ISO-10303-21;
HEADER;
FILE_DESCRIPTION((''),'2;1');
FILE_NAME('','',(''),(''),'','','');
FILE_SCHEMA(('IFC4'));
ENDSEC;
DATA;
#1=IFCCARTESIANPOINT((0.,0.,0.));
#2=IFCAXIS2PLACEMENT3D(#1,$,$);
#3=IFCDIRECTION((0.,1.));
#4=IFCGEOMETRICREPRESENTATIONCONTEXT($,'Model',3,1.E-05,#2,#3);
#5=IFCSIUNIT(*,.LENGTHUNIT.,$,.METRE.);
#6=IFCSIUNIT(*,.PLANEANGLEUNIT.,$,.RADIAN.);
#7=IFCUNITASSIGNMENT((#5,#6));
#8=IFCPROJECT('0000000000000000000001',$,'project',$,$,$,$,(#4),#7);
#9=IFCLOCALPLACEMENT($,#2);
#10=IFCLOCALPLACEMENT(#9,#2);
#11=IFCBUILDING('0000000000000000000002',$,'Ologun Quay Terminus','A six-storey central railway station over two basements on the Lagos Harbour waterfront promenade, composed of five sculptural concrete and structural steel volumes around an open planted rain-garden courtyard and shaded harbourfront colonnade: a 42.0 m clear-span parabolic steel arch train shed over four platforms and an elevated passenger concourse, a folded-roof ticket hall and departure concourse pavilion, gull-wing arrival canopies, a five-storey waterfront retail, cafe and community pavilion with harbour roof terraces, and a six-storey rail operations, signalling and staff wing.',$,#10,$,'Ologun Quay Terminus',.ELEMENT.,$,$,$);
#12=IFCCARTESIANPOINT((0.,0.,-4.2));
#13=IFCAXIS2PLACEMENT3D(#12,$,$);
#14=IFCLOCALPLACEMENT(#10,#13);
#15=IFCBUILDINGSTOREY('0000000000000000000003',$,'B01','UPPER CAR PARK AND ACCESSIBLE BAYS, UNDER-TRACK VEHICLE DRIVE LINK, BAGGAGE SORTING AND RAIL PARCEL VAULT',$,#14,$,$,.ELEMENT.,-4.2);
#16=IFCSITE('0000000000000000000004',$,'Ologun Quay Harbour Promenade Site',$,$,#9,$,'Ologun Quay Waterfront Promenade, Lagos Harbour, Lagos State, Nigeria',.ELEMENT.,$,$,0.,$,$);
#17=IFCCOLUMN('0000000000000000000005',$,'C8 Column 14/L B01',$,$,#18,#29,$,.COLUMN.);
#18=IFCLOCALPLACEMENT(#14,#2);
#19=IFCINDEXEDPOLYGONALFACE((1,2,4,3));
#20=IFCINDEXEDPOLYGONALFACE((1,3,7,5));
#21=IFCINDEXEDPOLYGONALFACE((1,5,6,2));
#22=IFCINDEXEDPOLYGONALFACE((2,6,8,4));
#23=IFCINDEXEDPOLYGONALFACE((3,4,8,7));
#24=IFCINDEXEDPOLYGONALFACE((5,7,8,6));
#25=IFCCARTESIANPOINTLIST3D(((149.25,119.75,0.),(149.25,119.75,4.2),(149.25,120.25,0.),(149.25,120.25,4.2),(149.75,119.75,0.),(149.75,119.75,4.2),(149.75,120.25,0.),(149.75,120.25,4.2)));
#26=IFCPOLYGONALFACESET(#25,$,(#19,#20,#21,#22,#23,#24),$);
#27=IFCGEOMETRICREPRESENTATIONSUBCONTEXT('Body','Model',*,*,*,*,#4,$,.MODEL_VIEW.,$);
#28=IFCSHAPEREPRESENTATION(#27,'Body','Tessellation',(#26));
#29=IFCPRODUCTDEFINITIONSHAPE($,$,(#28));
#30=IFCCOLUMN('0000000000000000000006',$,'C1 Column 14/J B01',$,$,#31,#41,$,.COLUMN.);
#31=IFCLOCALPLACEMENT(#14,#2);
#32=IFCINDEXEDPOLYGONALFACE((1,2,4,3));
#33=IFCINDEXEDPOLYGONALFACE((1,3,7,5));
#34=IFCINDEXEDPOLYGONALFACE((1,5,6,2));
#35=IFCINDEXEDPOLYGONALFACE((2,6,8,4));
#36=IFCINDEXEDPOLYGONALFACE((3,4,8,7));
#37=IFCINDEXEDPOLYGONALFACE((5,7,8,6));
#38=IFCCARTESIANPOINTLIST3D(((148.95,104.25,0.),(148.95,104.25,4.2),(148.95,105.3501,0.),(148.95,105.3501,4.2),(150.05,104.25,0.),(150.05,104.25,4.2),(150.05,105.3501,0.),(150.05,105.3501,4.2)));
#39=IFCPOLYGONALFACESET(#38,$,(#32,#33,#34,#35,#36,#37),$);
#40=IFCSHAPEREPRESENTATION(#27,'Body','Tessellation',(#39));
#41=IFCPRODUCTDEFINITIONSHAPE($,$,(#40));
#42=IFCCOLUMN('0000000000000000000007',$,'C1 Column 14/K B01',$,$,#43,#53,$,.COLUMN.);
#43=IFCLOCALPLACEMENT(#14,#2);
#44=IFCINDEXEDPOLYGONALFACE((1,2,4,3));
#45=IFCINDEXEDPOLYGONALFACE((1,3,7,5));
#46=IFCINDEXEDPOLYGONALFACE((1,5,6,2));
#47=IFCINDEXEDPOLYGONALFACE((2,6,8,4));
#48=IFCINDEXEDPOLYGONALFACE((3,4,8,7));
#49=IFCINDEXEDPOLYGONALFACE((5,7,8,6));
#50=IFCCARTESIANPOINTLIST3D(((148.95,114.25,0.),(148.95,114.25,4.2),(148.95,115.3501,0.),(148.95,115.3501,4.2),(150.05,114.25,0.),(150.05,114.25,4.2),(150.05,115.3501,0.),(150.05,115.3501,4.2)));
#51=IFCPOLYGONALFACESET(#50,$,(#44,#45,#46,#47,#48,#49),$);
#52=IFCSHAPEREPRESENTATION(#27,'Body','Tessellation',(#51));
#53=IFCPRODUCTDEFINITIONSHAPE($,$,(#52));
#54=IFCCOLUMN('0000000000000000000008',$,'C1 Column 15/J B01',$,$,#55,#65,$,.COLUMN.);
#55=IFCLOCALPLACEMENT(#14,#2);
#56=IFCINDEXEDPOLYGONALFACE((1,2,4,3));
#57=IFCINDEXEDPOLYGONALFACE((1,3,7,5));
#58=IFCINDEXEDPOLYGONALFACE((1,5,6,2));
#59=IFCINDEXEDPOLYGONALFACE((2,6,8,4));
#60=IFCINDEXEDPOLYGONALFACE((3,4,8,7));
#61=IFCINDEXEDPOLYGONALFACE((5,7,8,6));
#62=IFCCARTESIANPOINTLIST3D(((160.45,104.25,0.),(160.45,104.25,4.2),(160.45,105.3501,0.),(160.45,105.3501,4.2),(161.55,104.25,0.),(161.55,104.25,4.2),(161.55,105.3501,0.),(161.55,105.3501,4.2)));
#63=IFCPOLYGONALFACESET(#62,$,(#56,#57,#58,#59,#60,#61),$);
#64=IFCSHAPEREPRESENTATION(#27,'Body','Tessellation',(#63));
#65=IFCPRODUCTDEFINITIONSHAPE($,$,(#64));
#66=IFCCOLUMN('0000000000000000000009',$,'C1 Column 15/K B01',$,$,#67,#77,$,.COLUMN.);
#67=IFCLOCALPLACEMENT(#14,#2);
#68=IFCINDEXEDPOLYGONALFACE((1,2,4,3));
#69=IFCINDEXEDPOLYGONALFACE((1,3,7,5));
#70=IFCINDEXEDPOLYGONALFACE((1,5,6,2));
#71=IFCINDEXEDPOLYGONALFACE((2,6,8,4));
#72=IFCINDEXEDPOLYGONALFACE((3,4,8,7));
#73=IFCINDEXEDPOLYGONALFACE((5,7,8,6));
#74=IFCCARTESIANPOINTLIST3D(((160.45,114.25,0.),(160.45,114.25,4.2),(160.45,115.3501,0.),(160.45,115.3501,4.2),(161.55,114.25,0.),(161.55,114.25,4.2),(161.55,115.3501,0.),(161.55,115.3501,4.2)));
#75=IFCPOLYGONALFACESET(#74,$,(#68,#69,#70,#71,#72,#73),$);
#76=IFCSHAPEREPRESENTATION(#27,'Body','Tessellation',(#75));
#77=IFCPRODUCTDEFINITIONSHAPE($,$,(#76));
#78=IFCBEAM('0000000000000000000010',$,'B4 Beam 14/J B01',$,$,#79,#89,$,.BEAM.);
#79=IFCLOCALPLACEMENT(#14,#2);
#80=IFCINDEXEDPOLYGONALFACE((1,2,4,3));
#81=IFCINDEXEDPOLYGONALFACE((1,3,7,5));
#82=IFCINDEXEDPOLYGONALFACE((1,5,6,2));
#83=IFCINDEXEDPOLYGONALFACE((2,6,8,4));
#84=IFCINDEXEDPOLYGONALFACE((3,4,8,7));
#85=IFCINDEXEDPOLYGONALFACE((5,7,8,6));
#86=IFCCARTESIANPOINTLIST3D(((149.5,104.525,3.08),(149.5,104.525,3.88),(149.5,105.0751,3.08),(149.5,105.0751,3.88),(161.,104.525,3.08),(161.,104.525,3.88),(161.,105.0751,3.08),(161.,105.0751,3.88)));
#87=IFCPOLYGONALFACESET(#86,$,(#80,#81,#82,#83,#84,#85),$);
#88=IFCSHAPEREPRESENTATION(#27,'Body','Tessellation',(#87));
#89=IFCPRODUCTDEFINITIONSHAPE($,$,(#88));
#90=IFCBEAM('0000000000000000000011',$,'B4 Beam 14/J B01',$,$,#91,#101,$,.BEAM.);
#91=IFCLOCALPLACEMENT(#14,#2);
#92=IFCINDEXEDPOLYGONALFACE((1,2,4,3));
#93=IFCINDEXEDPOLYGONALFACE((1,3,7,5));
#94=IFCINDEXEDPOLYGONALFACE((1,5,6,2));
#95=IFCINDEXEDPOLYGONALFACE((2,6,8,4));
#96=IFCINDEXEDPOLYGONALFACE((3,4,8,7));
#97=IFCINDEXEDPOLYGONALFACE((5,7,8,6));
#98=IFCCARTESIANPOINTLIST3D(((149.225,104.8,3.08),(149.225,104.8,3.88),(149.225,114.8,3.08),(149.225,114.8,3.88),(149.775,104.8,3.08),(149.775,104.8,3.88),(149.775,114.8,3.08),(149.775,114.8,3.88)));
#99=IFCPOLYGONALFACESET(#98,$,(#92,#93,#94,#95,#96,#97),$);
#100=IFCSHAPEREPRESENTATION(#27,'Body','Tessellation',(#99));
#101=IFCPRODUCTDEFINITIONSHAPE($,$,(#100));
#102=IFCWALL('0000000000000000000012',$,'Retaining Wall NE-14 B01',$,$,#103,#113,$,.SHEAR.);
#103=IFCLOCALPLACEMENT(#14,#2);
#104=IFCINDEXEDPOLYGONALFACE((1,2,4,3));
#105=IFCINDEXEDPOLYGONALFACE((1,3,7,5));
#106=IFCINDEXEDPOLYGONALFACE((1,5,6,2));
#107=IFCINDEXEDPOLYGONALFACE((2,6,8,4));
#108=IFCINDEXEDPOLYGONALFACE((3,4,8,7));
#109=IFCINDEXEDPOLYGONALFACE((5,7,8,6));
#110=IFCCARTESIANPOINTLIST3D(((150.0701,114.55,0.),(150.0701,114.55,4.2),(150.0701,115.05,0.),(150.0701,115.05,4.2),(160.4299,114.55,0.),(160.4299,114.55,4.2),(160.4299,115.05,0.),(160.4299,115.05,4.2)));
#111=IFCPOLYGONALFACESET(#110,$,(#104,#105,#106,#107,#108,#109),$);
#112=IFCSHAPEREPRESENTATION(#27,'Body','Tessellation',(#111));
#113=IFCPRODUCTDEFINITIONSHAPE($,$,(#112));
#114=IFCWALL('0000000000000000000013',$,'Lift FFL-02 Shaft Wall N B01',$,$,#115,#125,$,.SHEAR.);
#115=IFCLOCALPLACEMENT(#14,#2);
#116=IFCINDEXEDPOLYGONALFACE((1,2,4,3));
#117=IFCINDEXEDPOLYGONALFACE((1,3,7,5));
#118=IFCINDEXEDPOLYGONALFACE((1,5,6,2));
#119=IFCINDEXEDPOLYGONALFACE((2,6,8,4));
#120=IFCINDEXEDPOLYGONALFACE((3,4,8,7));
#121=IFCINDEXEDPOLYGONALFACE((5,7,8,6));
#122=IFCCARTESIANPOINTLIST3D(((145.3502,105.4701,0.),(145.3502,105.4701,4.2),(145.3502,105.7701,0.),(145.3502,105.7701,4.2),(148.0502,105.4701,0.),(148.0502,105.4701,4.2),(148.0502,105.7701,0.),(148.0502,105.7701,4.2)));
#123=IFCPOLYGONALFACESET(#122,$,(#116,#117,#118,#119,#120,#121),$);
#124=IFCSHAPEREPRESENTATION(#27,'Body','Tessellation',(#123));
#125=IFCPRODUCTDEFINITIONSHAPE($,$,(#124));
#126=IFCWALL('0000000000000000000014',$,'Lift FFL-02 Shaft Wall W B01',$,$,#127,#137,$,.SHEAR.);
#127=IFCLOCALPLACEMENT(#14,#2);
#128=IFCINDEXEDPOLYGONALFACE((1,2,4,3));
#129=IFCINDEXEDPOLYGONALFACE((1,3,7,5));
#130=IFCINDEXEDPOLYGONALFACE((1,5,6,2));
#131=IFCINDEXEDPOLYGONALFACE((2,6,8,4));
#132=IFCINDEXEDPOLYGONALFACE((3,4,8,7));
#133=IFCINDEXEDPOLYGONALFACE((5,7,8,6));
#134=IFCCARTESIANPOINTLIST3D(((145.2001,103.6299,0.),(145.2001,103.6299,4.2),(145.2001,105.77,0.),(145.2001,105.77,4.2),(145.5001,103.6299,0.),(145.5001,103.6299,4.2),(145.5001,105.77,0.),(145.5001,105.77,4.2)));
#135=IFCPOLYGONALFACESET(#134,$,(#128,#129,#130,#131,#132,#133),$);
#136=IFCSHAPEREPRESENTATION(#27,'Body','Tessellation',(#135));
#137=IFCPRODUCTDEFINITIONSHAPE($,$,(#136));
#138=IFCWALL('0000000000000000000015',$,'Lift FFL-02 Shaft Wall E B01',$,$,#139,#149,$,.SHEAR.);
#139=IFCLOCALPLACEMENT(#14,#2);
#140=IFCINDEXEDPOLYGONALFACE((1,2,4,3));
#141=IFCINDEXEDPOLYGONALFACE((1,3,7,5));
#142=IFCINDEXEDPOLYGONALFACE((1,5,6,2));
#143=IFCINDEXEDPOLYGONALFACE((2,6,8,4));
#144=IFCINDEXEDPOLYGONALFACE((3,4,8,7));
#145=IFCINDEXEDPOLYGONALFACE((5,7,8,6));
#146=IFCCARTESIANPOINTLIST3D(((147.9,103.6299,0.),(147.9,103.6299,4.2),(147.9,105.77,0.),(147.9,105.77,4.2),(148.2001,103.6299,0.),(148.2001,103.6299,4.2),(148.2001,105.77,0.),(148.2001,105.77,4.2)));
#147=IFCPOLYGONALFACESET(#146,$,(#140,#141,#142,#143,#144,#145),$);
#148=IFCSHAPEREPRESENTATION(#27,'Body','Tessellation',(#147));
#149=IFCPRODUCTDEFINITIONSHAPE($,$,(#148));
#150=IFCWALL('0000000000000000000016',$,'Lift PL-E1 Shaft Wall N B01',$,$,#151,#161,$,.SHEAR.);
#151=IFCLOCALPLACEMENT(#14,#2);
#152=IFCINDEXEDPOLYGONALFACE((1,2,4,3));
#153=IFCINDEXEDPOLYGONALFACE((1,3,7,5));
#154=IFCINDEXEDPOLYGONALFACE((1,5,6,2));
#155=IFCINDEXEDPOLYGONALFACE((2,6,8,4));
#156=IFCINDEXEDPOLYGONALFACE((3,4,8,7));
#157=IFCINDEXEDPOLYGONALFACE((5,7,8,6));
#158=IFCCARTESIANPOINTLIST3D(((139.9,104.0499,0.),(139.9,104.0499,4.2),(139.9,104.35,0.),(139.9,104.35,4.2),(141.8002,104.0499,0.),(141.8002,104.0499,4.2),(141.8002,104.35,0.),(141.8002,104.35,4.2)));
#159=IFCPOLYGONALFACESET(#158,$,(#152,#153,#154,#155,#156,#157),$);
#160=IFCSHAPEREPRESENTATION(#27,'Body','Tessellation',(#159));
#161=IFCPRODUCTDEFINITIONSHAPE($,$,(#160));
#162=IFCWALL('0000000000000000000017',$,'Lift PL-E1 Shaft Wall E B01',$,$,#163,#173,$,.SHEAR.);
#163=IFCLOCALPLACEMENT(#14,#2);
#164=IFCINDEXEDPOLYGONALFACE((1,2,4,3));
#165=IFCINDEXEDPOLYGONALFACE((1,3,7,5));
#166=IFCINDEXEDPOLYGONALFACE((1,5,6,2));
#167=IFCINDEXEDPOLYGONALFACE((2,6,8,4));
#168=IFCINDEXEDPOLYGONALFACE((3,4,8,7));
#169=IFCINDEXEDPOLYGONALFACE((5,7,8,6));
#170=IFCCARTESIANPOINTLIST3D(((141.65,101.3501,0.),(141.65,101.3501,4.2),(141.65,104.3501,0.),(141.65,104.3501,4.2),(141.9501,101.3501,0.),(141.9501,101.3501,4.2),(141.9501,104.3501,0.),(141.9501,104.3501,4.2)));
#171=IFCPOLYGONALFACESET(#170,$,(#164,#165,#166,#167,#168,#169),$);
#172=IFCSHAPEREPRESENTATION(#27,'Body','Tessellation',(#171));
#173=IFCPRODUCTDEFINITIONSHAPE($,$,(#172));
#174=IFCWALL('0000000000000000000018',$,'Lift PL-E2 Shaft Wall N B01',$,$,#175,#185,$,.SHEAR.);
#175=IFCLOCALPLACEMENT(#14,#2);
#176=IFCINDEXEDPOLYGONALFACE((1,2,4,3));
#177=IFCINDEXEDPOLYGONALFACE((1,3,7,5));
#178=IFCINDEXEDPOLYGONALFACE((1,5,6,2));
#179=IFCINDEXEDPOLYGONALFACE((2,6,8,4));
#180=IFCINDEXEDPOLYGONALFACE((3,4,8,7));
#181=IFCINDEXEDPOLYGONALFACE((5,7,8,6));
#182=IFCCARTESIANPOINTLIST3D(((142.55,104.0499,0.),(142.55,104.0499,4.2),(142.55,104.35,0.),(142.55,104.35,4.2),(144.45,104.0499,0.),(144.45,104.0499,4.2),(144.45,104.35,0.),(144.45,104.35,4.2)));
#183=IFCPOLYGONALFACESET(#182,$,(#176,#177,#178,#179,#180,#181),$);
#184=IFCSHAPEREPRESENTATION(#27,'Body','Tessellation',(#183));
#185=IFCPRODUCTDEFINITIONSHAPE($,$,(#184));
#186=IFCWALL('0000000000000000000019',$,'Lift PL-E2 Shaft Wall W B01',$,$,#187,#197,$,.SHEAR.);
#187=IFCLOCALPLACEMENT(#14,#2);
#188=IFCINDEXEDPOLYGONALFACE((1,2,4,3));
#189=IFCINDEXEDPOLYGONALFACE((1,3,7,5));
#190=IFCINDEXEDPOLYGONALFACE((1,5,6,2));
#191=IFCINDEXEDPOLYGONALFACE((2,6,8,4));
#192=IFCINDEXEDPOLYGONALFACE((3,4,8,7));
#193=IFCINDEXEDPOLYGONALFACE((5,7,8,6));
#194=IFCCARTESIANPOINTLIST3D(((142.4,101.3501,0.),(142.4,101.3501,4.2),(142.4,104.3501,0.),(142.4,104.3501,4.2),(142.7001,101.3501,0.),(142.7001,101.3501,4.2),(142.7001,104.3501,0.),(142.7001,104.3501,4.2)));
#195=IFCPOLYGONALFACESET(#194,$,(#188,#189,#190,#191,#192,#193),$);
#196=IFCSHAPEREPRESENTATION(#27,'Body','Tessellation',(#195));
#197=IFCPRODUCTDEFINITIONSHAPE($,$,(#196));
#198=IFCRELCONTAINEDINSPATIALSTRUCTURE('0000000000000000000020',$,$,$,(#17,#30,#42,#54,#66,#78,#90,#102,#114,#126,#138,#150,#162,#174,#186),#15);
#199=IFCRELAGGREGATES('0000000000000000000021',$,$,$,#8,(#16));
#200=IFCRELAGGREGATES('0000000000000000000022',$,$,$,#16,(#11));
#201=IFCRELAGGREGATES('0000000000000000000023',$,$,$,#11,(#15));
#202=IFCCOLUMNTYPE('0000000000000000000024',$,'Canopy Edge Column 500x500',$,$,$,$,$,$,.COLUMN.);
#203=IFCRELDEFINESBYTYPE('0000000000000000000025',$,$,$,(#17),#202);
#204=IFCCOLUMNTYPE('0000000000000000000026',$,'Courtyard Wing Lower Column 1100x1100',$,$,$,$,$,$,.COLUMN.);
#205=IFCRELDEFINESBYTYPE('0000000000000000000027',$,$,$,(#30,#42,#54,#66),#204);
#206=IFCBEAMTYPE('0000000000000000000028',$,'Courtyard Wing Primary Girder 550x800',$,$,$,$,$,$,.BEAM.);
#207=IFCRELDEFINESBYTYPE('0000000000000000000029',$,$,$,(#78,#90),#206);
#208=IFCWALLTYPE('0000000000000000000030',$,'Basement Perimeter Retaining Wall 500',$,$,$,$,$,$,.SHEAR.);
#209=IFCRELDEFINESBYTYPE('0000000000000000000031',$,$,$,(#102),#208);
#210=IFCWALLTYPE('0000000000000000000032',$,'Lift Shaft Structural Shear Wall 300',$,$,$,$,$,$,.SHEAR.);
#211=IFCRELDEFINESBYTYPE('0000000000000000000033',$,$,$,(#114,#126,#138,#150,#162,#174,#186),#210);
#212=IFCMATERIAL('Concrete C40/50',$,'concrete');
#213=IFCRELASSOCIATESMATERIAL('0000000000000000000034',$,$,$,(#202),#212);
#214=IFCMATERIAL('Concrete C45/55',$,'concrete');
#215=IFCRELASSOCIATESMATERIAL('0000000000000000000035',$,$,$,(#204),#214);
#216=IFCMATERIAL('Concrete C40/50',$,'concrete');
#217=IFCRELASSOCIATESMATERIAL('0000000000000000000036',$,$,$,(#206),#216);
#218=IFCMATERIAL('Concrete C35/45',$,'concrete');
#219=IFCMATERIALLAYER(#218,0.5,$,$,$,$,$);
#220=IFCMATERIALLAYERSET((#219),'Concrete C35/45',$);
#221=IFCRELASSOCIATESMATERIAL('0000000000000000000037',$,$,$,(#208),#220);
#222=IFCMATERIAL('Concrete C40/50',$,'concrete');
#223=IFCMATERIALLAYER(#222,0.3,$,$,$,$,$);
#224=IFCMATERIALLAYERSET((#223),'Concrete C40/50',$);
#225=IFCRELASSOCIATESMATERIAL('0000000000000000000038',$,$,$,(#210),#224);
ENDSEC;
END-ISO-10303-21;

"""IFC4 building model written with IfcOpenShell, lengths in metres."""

from ifc_helpers import new_model, si_unit, direction, frame, frame_2d, origin, origin_2d, place, context, subcontext, project, spatial, rectangle, extrude, material, layer, layer_set, material_profile, profile_set, type_object, element, save


model = new_model("IFC4")

# Units and contexts
model_context = context("Model", 3, precision=1e-05, world=origin(), true_north=direction((0.0, 1.0)))
body_context = subcontext(model_context, "Body", "Model", "MODEL_VIEW")
ifc_project = project(units=[si_unit("LENGTHUNIT", "METRE"), si_unit("PLANEANGLEUNIT", "RADIAN")], contexts=[model_context])

# Site, building, storey
site_placement = place(None, origin())
site = spatial("IfcSite", under=ifc_project, at=site_placement, Name="Ologun Quay Harbour Promenade Site", LongName="Ologun Quay Waterfront Promenade, Lagos Harbour, Lagos State, Nigeria", CompositionType="ELEMENT", RefElevation=0.0)
building_placement = place(site_placement, origin())
building = spatial("IfcBuilding", under=site, at=building_placement, Name="Ologun Quay Terminus", Description="A six-storey central railway station over two basements on the Lagos Harbour waterfront promenade, composed of five sculptural concrete and structural steel volumes around an open planted rain-garden courtyard and shaded harbourfront colonnade: a 42.0 m clear-span parabolic steel arch train shed over four platforms and an elevated passenger concourse, a folded-roof ticket hall and departure concourse pavilion, gull-wing arrival canopies, a five-storey waterfront retail, cafe and community pavilion with harbour roof terraces, and a six-storey rail operations, signalling and staff wing.", LongName="Ologun Quay Terminus", CompositionType="ELEMENT")
storey_placement = place(building_placement, frame((0.0, 0.0, -4.2)))
storey = spatial("IfcBuildingStorey", under=building, at=storey_placement, Name="B01", Description="UPPER CAR PARK AND ACCESSIBLE BAYS, UNDER-TRACK VEHICLE DRIVE LINK, BAGGAGE SORTING AND RAIL PARCEL VAULT", CompositionType="ELEMENT", Elevation=-4.2)

# Columns
ifc_material_1 = material(Name="Concrete C40/50", Category="concrete")
ifc_material_profile_1 = material_profile(ifc_material_1, rectangle(XDim=0.5, YDim=0.5, at=origin_2d()), Name="RC 500x500")
ifc_profile_set_1 = profile_set([ifc_material_profile_1], Name="Concrete C40/50")
column_type_1 = type_object("IfcColumnType", Name="Canopy Edge Column 500x500", PredefinedType="COLUMN", material=ifc_profile_set_1)
column_placement = place(storey_placement, frame((149.5, 120.0, 0.0), z_axis=(0.0, 0.0, 1.0), x_axis=(1.0, 0.0, 0.0)))
element("IfcColumn", 1, at=column_placement, inside=storey, type_object=column_type_1, Name="C8 Column 14/L B01", PredefinedType="COLUMN", context=body_context, shape_type="SweptSolid", body=[
    extrude(rectangle(XDim=0.5, YDim=0.5, at=origin_2d()), origin(), (0.0, 0.0, 1.0), 4.2),
])
ifc_material_2 = material(Name="Concrete C45/55", Category="concrete")
ifc_material_profile_2 = material_profile(ifc_material_2, rectangle(XDim=1.1001, YDim=1.1001, at=origin_2d()), Name="RC 1100x1100")
ifc_profile_set_2 = profile_set([ifc_material_profile_2], Name="Concrete C45/55")
column_type_2 = type_object("IfcColumnType", Name="Courtyard Wing Lower Column 1100x1100", PredefinedType="COLUMN", material=ifc_profile_set_2)
for number, where, z_axis, x_axis, name in (
    (2, (149.5, 104.8, 0.0), (0.0, 0.0, 1.0), (1.0, 0.0, 0.0), "C1 Column 14/J B01"),
    (3, (149.5, 114.8, 0.0), (0.0, 0.0, 1.0), (1.0, 0.0, 0.0), "C1 Column 14/K B01"),
    (4, (161.0, 104.8, 0.0), (0.0, 0.0, 1.0), (1.0, 0.0, 0.0), "C1 Column 15/J B01"),
    (5, (161.0, 114.8, 0.0), (0.0, 0.0, 1.0), (1.0, 0.0, 0.0), "C1 Column 15/K B01"),
):
    element("IfcColumn", number, at=place(storey_placement, frame(where, z_axis=z_axis, x_axis=x_axis)), inside=storey, type_object=column_type_2, Name=name, PredefinedType="COLUMN", context=body_context, shape_type="SweptSolid", body=[
        extrude(rectangle(XDim=1.1001, YDim=1.1001, at=origin_2d()), origin(), (0.0, 0.0, 1.0), 4.2),
    ])

# Beams
ifc_material_3 = material(Name="Concrete C40/50", Category="concrete")
ifc_material_profile_3 = material_profile(ifc_material_3, rectangle(XDim=0.55, YDim=0.8, at=origin_2d()), Name="RC 550x800")
ifc_profile_set_3 = profile_set([ifc_material_profile_3], Name="Concrete C40/50")
beam_type = type_object("IfcBeamType", Name="Courtyard Wing Primary Girder 550x800", PredefinedType="BEAM", material=ifc_profile_set_3)
beam_1_placement = place(storey_placement, frame((149.5, 104.8, 3.48), z_axis=(1.0, 0.0, 0.0), x_axis=(0.0, 1.0, 0.0)))
element("IfcBeam", 6, at=beam_1_placement, inside=storey, type_object=beam_type, Name="B4 Beam 14/J B01", PredefinedType="BEAM", context=body_context, shape_type="SweptSolid", body=[
    extrude(rectangle(XDim=0.55, YDim=0.8, at=origin_2d()), origin(), (0.0, 0.0, 1.0), 11.5),
])
beam_2_placement = place(storey_placement, frame((149.5, 104.8, 3.48), z_axis=(0.0, 1.0, 0.0), x_axis=(-1.0, 0.0, 0.0)))
element("IfcBeam", 7, at=beam_2_placement, inside=storey, type_object=beam_type, Name="B4 Beam 14/J B01", PredefinedType="BEAM", context=body_context, shape_type="SweptSolid", body=[
    extrude(rectangle(XDim=0.55, YDim=0.8, at=origin_2d()), origin(), (0.0, 0.0, 1.0), 10.0),
])

# Wall
ifc_material_4 = material(Name="Concrete C35/45", Category="concrete")
ifc_layer_1 = layer(ifc_material_4, 0.5)
ifc_layer_set_1 = layer_set([ifc_layer_1], Name="Concrete C35/45")
wall_type_1 = type_object("IfcWallType", Name="Basement Perimeter Retaining Wall 500", PredefinedType="SHEAR", material=ifc_layer_set_1)
wall_1_placement = place(storey_placement, frame((150.0701, 114.8, 0.0), z_axis=(0.0, 0.0, 1.0), x_axis=(1.0, 0.0, 0.0)))
element("IfcWall", 8, at=wall_1_placement, inside=storey, type_object=wall_type_1, Name="Retaining Wall NE-14 B01", PredefinedType="SHEAR", context=body_context, shape_type="SweptSolid", body=[
    extrude(rectangle(XDim=10.3599, YDim=0.5, at=frame_2d((5.1799, 0.0))), origin(), (0.0, 0.0, 1.0), 4.2),
])

# Shared definitions
ifc_material_5 = material(Name="Concrete C40/50", Category="concrete")
ifc_layer_2 = layer(ifc_material_5, 0.3)
ifc_layer_set_2 = layer_set([ifc_layer_2], Name="Concrete C40/50")
wall_type_2 = type_object("IfcWallType", Name="Lift Shaft Structural Shear Wall 300", PredefinedType="SHEAR", material=ifc_layer_set_2)

# Walls
wall_2_placement = place(storey_placement, frame((145.3501, 105.6201, 0.0), z_axis=(0.0, 0.0, 1.0), x_axis=(1.0, 0.0, 0.0)))
element("IfcWall", 9, at=wall_2_placement, inside=storey, type_object=wall_type_2, Name="Lift FFL-02 Shaft Wall N B01", PredefinedType="SHEAR", context=body_context, shape_type="SweptSolid", body=[
    extrude(rectangle(XDim=2.7, YDim=0.3, at=frame_2d((1.3501, 0.0))), origin(), (0.0, 0.0, 1.0), 4.2),
])
for number, where, z_axis, x_axis, name in (
    (10, (145.3501, 103.6299, 0.0), (0.0, 0.0, 1.0), (0.0, 1.0, 0.0), "Lift FFL-02 Shaft Wall W B01"),
    (11, (148.05, 103.6299, 0.0), (0.0, 0.0, 1.0), (0.0, 1.0, 0.0), "Lift FFL-02 Shaft Wall E B01"),
):
    element("IfcWall", number, at=place(storey_placement, frame(where, z_axis=z_axis, x_axis=x_axis)), inside=storey, type_object=wall_type_2, Name=name, PredefinedType="SHEAR", context=body_context, shape_type="SweptSolid", body=[
        extrude(rectangle(XDim=2.1401, YDim=0.3, at=frame_2d((1.0701, 0.0))), origin(), (0.0, 0.0, 1.0), 4.2),
    ])

# Walls
wall_3_placement = place(storey_placement, frame((139.8999, 104.2, 0.0), z_axis=(0.0, 0.0, 1.0), x_axis=(1.0, 0.0, 0.0)))
element("IfcWall", 12, at=wall_3_placement, inside=storey, type_object=wall_type_2, Name="Lift PL-E1 Shaft Wall N B01", PredefinedType="SHEAR", context=body_context, shape_type="SweptSolid", body=[
    extrude(rectangle(XDim=1.9001, YDim=0.3, at=frame_2d((0.9502, 0.0))), origin(), (0.0, 0.0, 1.0), 4.2),
])
wall_4_placement = place(storey_placement, frame((141.8, 101.3501, 0.0), z_axis=(0.0, 0.0, 1.0), x_axis=(0.0, 1.0, 0.0)))
element("IfcWall", 13, at=wall_4_placement, inside=storey, type_object=wall_type_2, Name="Lift PL-E1 Shaft Wall E B01", PredefinedType="SHEAR", context=body_context, shape_type="SweptSolid", body=[
    extrude(rectangle(XDim=3.0, YDim=0.3, at=frame_2d((1.5, 0.0))), origin(), (0.0, 0.0, 1.0), 4.2),
])

# Walls
wall_5_placement = place(storey_placement, frame((142.55, 104.2, 0.0), z_axis=(0.0, 0.0, 1.0), x_axis=(1.0, 0.0, 0.0)))
element("IfcWall", 14, at=wall_5_placement, inside=storey, type_object=wall_type_2, Name="Lift PL-E2 Shaft Wall N B01", PredefinedType="SHEAR", context=body_context, shape_type="SweptSolid", body=[
    extrude(rectangle(XDim=1.8999, YDim=0.3, at=frame_2d((0.95, 0.0))), origin(), (0.0, 0.0, 1.0), 4.2),
])
for number, where, z_axis, x_axis, name in (
    (15, (142.55, 101.3501, 0.0), (0.0, 0.0, 1.0), (0.0, 1.0, 0.0), "Lift PL-E2 Shaft Wall W B01"),
):
    element("IfcWall", number, at=place(storey_placement, frame(where, z_axis=z_axis, x_axis=x_axis)), inside=storey, type_object=wall_type_2, Name=name, PredefinedType="SHEAR", context=body_context, shape_type="SweptSolid", body=[
        extrude(rectangle(XDim=3.0, YDim=0.3, at=frame_2d((1.5, 0.0))), origin(), (0.0, 0.0, 1.0), 4.2),
    ])

save(model, "model.ifc")
